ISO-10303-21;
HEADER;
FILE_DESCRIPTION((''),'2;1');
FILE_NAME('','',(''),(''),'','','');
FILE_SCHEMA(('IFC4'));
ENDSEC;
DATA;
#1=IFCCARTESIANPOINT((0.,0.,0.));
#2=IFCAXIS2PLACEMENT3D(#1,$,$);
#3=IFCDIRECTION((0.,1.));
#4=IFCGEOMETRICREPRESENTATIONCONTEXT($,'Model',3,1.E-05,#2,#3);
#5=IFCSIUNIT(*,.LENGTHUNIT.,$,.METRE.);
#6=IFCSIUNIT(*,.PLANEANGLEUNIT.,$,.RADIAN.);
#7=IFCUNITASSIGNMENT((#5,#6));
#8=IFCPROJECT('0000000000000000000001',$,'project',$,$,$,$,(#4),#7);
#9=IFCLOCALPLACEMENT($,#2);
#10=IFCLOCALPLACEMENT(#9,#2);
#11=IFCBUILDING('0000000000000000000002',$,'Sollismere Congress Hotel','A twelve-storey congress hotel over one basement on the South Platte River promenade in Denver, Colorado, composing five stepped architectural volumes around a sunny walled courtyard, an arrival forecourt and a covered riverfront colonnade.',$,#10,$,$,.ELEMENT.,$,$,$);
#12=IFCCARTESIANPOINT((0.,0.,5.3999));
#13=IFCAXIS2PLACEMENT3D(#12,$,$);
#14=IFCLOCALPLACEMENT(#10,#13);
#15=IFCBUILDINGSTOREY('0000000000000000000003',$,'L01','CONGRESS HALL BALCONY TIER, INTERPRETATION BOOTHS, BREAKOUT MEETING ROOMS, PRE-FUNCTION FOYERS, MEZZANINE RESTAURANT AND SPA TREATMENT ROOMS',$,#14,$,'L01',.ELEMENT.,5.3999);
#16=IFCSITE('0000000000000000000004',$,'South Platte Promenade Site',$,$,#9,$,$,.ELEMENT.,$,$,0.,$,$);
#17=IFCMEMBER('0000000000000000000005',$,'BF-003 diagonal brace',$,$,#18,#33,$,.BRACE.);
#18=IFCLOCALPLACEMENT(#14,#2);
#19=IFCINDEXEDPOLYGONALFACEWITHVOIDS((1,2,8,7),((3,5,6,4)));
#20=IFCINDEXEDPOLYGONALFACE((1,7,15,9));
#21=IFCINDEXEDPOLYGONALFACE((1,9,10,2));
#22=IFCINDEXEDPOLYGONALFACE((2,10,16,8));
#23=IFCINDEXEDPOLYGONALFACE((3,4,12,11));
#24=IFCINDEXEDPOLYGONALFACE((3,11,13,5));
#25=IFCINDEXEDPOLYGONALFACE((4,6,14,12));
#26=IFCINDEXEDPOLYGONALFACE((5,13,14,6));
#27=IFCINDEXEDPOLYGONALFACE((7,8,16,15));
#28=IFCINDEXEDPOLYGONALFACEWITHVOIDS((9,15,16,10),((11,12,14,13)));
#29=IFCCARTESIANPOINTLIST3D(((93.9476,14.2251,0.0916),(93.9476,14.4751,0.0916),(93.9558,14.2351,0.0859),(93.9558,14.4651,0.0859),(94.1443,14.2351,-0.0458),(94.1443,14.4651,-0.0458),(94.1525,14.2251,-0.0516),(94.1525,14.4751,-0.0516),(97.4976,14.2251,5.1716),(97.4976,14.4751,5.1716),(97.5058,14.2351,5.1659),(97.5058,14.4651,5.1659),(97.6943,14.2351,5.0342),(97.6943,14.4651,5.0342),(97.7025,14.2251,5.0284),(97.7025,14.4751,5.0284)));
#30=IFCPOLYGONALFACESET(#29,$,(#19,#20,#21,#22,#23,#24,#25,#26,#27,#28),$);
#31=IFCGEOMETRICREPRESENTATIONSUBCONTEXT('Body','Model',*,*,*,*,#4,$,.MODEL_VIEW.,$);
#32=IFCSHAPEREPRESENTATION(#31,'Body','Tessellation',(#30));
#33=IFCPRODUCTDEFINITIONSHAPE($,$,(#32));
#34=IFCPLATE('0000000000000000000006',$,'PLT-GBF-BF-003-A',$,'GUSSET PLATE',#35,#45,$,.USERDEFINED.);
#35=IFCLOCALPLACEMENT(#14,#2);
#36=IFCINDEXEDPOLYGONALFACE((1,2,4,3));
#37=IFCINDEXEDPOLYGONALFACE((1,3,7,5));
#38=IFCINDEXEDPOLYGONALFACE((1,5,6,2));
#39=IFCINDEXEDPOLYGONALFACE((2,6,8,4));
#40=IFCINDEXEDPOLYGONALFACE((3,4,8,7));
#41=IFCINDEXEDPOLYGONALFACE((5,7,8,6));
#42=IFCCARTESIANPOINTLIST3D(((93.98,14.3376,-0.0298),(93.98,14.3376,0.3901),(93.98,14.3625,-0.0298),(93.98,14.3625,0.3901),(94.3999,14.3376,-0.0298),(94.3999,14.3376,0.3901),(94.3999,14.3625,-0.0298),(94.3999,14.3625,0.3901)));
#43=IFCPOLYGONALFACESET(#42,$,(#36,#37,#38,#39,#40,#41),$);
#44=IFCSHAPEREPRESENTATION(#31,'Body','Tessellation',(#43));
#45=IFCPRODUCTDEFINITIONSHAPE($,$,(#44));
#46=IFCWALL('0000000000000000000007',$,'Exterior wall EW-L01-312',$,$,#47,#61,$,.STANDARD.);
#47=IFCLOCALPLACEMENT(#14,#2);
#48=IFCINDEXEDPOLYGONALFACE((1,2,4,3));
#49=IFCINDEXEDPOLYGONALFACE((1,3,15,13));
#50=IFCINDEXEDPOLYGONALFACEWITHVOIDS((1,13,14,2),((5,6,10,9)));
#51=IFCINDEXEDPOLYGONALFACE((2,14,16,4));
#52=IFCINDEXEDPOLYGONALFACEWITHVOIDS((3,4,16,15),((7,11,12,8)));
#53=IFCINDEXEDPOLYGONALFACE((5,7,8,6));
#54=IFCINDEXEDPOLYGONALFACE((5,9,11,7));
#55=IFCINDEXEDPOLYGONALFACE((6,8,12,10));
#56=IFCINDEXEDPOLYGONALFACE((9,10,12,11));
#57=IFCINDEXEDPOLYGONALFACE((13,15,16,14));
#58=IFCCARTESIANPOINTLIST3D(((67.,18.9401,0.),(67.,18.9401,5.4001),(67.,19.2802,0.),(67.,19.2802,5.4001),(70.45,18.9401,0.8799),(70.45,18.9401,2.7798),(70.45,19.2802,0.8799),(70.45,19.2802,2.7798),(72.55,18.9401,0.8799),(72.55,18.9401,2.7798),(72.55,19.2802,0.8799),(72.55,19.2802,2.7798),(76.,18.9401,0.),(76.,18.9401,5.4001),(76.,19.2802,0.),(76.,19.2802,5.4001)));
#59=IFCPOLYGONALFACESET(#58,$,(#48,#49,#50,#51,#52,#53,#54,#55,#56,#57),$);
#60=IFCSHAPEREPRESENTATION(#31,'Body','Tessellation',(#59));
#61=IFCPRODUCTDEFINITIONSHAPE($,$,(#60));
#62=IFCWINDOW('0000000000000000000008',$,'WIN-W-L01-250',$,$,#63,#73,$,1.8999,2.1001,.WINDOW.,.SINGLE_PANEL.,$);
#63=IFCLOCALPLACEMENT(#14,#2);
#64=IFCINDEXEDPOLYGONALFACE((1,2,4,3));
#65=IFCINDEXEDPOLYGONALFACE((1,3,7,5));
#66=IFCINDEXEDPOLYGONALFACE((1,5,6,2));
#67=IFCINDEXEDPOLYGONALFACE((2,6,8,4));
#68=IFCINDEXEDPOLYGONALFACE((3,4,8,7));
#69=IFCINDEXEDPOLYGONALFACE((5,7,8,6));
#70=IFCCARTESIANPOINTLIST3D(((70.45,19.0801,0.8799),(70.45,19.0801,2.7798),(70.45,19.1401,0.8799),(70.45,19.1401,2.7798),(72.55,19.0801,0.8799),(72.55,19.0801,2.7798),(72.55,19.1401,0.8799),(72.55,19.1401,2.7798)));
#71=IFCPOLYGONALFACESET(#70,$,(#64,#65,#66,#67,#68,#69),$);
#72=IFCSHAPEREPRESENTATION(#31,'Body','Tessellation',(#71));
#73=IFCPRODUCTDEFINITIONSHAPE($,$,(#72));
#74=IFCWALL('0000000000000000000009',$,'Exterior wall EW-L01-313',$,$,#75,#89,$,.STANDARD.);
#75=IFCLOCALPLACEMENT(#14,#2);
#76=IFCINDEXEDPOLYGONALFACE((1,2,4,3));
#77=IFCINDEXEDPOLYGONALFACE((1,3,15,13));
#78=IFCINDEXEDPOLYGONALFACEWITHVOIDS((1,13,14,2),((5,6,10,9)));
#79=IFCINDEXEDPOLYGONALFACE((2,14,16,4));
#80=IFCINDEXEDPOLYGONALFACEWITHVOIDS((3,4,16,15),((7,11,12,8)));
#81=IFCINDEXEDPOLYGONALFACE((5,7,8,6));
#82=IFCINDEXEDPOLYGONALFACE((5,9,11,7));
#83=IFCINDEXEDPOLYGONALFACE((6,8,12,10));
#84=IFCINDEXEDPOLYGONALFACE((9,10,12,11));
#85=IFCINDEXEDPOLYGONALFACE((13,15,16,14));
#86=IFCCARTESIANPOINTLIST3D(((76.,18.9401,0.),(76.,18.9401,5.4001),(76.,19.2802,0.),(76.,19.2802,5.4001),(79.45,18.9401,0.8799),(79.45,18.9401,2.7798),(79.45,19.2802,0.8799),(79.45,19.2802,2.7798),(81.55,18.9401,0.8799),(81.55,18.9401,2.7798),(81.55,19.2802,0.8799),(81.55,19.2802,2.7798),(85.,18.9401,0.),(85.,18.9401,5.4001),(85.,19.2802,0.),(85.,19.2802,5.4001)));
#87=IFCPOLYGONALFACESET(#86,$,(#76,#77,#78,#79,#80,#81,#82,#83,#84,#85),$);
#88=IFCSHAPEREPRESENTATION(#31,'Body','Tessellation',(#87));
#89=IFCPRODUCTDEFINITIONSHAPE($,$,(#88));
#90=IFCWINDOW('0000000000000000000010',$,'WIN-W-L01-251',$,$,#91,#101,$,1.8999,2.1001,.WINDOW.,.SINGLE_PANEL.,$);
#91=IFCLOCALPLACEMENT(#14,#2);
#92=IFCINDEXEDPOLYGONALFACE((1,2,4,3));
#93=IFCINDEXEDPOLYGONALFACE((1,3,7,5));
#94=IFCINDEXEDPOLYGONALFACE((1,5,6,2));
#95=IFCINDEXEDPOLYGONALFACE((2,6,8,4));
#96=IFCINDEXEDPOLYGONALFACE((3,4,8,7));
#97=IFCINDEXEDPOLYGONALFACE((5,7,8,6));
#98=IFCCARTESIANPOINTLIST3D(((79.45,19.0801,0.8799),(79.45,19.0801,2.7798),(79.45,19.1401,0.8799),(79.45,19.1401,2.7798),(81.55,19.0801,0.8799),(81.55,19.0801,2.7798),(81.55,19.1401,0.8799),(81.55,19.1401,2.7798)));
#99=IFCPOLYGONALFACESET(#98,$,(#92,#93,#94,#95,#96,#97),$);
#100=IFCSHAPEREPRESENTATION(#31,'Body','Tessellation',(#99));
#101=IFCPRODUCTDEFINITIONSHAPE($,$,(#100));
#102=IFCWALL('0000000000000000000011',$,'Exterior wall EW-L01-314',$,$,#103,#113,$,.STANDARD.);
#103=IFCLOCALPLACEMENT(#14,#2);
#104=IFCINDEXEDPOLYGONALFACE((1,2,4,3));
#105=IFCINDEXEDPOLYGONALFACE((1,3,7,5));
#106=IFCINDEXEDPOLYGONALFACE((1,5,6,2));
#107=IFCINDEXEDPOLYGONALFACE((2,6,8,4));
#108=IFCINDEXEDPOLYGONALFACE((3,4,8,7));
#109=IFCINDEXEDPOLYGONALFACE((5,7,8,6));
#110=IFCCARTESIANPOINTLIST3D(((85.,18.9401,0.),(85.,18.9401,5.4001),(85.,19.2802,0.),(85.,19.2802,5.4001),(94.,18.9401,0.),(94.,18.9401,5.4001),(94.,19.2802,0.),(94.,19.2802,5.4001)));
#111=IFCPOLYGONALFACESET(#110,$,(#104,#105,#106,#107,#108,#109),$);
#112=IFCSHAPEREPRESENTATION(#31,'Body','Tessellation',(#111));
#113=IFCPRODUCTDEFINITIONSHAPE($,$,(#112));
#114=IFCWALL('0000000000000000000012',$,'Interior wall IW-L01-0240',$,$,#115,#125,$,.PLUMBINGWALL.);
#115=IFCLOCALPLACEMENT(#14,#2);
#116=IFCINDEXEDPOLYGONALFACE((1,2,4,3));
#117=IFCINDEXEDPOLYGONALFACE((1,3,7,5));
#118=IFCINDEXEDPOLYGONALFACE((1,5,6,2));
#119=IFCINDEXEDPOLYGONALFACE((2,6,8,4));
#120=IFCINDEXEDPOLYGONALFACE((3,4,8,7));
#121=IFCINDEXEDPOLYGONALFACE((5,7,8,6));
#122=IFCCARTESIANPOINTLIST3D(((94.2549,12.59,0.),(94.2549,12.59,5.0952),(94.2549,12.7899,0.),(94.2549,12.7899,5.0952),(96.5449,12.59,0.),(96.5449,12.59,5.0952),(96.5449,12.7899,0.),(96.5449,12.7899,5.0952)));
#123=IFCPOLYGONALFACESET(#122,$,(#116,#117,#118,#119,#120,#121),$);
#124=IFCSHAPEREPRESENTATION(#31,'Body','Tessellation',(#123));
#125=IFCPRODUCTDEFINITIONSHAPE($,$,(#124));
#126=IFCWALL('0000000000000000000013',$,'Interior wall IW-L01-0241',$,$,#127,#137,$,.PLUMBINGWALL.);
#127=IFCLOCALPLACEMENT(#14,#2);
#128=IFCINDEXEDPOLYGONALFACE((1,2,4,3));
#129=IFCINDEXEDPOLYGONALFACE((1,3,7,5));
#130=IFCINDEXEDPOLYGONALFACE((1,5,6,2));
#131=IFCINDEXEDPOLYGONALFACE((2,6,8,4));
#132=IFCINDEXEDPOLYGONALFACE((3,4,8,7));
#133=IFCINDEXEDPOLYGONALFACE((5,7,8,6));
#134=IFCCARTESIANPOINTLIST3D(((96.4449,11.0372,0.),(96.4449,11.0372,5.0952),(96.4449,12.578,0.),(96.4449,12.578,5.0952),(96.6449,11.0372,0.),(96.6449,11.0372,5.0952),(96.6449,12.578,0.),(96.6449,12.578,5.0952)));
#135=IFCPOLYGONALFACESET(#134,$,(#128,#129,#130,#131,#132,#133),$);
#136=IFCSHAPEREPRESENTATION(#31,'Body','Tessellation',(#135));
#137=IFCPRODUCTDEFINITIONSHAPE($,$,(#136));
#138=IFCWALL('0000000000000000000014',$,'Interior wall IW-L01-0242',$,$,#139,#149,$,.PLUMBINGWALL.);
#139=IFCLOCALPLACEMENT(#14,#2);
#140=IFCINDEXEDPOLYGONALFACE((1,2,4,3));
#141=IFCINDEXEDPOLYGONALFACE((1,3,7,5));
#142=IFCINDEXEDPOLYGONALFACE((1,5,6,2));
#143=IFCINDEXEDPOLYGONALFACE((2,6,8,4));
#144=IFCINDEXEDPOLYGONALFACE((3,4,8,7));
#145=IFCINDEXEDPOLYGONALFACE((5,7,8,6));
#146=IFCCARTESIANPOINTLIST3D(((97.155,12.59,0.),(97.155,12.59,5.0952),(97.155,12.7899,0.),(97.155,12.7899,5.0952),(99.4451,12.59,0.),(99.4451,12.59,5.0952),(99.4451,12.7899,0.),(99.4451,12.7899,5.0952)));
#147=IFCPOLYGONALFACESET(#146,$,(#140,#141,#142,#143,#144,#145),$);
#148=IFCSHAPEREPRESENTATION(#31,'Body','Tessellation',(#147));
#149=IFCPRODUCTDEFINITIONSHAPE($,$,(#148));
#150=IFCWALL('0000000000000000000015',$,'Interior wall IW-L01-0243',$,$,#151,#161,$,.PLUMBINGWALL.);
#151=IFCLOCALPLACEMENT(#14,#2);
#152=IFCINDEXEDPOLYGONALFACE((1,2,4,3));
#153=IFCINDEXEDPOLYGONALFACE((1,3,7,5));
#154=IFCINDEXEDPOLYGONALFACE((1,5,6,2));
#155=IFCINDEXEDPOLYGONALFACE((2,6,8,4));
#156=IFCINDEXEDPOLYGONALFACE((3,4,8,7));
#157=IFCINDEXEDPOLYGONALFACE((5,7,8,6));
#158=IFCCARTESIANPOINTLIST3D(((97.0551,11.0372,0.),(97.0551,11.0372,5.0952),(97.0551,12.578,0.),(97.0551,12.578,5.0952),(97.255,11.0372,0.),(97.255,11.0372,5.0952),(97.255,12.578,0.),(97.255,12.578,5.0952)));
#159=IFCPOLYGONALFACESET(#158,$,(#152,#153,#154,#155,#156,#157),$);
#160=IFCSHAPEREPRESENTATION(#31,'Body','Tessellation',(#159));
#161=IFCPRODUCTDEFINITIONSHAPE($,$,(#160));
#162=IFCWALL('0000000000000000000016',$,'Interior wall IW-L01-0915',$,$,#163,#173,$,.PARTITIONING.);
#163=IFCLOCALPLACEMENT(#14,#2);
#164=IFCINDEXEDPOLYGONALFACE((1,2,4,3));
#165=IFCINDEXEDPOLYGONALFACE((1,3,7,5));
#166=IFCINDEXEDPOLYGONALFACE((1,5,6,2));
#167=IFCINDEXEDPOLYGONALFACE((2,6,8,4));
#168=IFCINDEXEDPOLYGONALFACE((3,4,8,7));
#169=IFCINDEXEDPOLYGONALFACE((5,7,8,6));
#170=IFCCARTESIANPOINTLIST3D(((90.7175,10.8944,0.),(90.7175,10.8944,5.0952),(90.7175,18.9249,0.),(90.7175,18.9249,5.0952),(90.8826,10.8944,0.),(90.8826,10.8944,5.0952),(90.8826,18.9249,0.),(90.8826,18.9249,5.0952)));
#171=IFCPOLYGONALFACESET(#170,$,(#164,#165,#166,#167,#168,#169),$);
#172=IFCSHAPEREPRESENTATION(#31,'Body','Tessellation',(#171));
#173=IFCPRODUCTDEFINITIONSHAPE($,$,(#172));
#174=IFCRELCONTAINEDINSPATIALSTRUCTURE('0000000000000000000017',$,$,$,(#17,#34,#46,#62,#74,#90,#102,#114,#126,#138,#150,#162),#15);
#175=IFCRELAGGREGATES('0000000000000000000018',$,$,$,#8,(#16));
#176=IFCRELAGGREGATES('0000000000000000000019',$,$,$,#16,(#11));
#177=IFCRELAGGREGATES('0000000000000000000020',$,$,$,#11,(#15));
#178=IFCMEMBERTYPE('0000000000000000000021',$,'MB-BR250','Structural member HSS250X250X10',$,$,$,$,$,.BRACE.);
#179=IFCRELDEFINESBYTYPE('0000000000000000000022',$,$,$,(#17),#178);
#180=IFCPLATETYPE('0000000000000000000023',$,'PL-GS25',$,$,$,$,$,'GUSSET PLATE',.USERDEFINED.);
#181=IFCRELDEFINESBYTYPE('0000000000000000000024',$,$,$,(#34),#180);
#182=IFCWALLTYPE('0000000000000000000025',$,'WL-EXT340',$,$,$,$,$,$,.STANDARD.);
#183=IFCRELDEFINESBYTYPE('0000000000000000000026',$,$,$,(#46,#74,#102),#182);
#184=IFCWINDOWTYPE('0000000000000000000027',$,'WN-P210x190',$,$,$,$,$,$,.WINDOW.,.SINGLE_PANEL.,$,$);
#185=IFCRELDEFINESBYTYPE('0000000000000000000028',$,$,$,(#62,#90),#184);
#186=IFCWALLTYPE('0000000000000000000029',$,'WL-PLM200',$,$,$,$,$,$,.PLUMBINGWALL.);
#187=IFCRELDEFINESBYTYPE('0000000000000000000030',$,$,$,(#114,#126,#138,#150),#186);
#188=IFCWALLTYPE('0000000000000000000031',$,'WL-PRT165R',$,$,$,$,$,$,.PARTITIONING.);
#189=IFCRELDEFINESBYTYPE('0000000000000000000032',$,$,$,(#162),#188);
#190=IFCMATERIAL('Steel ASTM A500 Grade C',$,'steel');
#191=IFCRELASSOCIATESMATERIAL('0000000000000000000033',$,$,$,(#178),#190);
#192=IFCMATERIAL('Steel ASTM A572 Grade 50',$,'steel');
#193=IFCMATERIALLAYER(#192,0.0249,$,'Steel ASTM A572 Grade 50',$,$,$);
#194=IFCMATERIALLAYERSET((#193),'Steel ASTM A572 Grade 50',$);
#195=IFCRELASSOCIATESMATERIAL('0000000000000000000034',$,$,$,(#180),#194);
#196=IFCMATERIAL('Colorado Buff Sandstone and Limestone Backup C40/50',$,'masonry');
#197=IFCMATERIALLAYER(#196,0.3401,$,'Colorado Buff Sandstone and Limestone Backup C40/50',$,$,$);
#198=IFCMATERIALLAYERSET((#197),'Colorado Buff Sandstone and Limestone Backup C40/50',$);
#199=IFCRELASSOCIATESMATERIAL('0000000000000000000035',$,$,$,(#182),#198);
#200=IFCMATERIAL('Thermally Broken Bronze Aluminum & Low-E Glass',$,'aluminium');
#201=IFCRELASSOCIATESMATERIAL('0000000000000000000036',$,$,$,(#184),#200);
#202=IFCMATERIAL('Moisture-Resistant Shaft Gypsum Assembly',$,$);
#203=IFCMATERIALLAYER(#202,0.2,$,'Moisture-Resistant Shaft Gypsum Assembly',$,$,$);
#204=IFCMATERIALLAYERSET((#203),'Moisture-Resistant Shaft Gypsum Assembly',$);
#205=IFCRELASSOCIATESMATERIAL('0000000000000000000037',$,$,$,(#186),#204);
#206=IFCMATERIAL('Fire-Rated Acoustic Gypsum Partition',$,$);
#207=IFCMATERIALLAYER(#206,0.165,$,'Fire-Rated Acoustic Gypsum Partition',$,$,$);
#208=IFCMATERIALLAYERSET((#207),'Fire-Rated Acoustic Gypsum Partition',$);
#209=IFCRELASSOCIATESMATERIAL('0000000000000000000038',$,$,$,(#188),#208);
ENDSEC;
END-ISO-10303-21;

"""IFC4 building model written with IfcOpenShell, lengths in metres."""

from ifc_helpers import new_model, si_unit, direction, frame, frame_2d, origin, origin_2d, place, context, subcontext, project, spatial, rectangle, hollow_rectangle, extrude, material, layer, layer_set, material_profile, profile_set, type_object, element, fill, save


model = new_model("IFC4")

# Units and contexts
model_context = context("Model", 3, precision=1e-05, world=origin(), true_north=direction((0.0, 1.0)))
body_context = subcontext(model_context, "Body", "Model", "MODEL_VIEW")
ifc_project = project(units=[si_unit("LENGTHUNIT", "METRE"), si_unit("PLANEANGLEUNIT", "RADIAN")], contexts=[model_context])

# Site, building, storey
site_placement = place(None, origin())
site = spatial("IfcSite", under=ifc_project, at=site_placement, Name="South Platte Promenade Site", CompositionType="ELEMENT", RefElevation=0.0)
building_placement = place(site_placement, origin())
building = spatial("IfcBuilding", under=site, at=building_placement, Name="Sollismere Congress Hotel", Description="A twelve-storey congress hotel over one basement on the South Platte River promenade in Denver, Colorado, composing five stepped architectural volumes around a sunny walled courtyard, an arrival forecourt and a covered riverfront colonnade.", CompositionType="ELEMENT")
storey_placement = place(building_placement, frame((0.0, 0.0, 5.3999)))
storey = spatial("IfcBuildingStorey", under=building, at=storey_placement, Name="L01", Description="CONGRESS HALL BALCONY TIER, INTERPRETATION BOOTHS, BREAKOUT MEETING ROOMS, PRE-FUNCTION FOYERS, MEZZANINE RESTAURANT AND SPA TREATMENT ROOMS", LongName="L01", CompositionType="ELEMENT", Elevation=5.3999)

# Member
ifc_material_1 = material(Name="Steel ASTM A500 Grade C", Category="steel")
ifc_material_profile_1 = material_profile(ifc_material_1, hollow_rectangle(XDim=0.25, YDim=0.25, WallThickness=0.01, at=origin_2d()), Name="HSS250X250X10")
ifc_profile_set_1 = profile_set([ifc_material_profile_1], Name="Steel ASTM A500 Grade C")
member_type = type_object("IfcMemberType", Name="MB-BR250", Description="Structural member HSS250X250X10", PredefinedType="BRACE", material=ifc_profile_set_1)
member_placement = place(storey_placement, frame((94.05, 14.3501, 0.02), z_axis=(0.572812, 0.0, 0.819687), x_axis=(0.0, 1.0, 0.0)))
element("IfcMember", 1, at=member_placement, inside=storey, type_object=member_type, Name="BF-003 diagonal brace", PredefinedType="BRACE", context=body_context, shape_type="SweptSolid", body=[
    extrude(hollow_rectangle(XDim=0.25, YDim=0.25, WallThickness=0.01, at=origin_2d()), origin(), (0.0, 0.0, 1.0), 6.1975),
])

# Plate
ifc_material_2 = material(Name="Steel ASTM A572 Grade 50", Category="steel")
ifc_layer_1 = layer(ifc_material_2, 0.0249, Name="Steel ASTM A572 Grade 50")
ifc_layer_set_1 = layer_set([ifc_layer_1], Name="Steel ASTM A572 Grade 50")
plate_type = type_object("IfcPlateType", Name="PL-GS25", ElementType="GUSSET PLATE", PredefinedType="USERDEFINED", material=ifc_layer_set_1)
plate_placement = place(storey_placement, frame((94.1899, 14.3501, -0.0298), z_axis=(0.0, 0.0, 1.0), x_axis=(1.0, 0.0, 0.0)))
element("IfcPlate", 2, at=plate_placement, inside=storey, type_object=plate_type, Name="PLT-GBF-BF-003-A", ObjectType="GUSSET PLATE", PredefinedType="USERDEFINED", context=body_context, shape_type="SweptSolid", body=[
    extrude(rectangle(XDim=0.4199, YDim=0.0249, at=origin_2d()), origin(), (0.0, 0.0, 1.0), 0.4199),
])

# Walls, openings, windows
ifc_material_3 = material(Name="Colorado Buff Sandstone and Limestone Backup C40/50", Category="masonry")
ifc_layer_2 = layer(ifc_material_3, 0.3401, Name="Colorado Buff Sandstone and Limestone Backup C40/50")
ifc_layer_set_2 = layer_set([ifc_layer_2], Name="Colorado Buff Sandstone and Limestone Backup C40/50")
wall_type_1 = type_object("IfcWallType", Name="WL-EXT340", PredefinedType="STANDARD", material=ifc_layer_set_2)
wall_1_placement = place(storey_placement, frame((76.0, 19.1101, 0.0), z_axis=(0.0, 0.0, 1.0), x_axis=(-1.0, 0.0, 0.0)))
wall_1 = element("IfcWall", 3, at=wall_1_placement, inside=storey, type_object=wall_type_1, Name="Exterior wall EW-L01-312", PredefinedType="STANDARD", context=body_context, shape_type="SweptSolid", body=[
    extrude(rectangle(XDim=9.0, YDim=0.3401, at=frame_2d((4.5, 0.0))), origin(), (0.0, 0.0, 1.0), 5.4001),
])
opening_1_placement = place(wall_1_placement, frame((3.45, 0.0, 0.8799)))
opening_1 = element("IfcOpeningElement", 4, at=opening_1_placement, cuts=wall_1, PredefinedType="OPENING", context=body_context, shape_type="SweptSolid", body=[
    extrude(rectangle(XDim=2.1001, YDim=1.8999, at=frame_2d((1.05, 0.95))), frame((0.0, 0.1799, 0.0), z_axis=(0.0, -1.0, 0.0), x_axis=(1.0, 0.0, 0.0)), (0.0, 0.0, 1.0), 0.3601),
])
ifc_material_4 = material(Name="Thermally Broken Bronze Aluminum & Low-E Glass", Category="aluminium")
window_type = type_object("IfcWindowType", Name="WN-P210x190", PartitioningType="SINGLE_PANEL", PredefinedType="WINDOW", material=ifc_material_4)
window_1_placement = place(opening_1_placement, origin())
window_1 = element("IfcWindow", 5, at=window_1_placement, inside=storey, type_object=window_type, Name="WIN-W-L01-250", OverallHeight=1.8999, OverallWidth=2.1001, PartitioningType="SINGLE_PANEL", PredefinedType="WINDOW", context=body_context, shape_type="SweptSolid", body=[
    extrude(rectangle(XDim=2.1001, YDim=1.8999, at=frame_2d((1.05, 0.95))), frame((0.0, 0.03, 0.0), z_axis=(0.0, -1.0, 0.0), x_axis=(1.0, 0.0, 0.0)), (0.0, 0.0, 1.0), 0.0601),
])
fill(opening_1, window_1)
wall_2_placement = place(storey_placement, frame((85.0, 19.1101, 0.0), z_axis=(0.0, 0.0, 1.0), x_axis=(-1.0, 0.0, 0.0)))
wall_2 = element("IfcWall", 6, at=wall_2_placement, inside=storey, type_object=wall_type_1, Name="Exterior wall EW-L01-313", PredefinedType="STANDARD", context=body_context, shape_type="SweptSolid", body=[
    extrude(rectangle(XDim=9.0, YDim=0.3401, at=frame_2d((4.5, 0.0))), origin(), (0.0, 0.0, 1.0), 5.4001),
])
opening_2_placement = place(wall_2_placement, frame((3.45, 0.0, 0.8799)))
opening_2 = element("IfcOpeningElement", 7, at=opening_2_placement, cuts=wall_2, PredefinedType="OPENING", context=body_context, shape_type="SweptSolid", body=[
    extrude(rectangle(XDim=2.1001, YDim=1.8999, at=frame_2d((1.05, 0.95))), frame((0.0, 0.1799, 0.0), z_axis=(0.0, -1.0, 0.0), x_axis=(1.0, 0.0, 0.0)), (0.0, 0.0, 1.0), 0.3601),
])
window_2_placement = place(opening_2_placement, origin())
window_2 = element("IfcWindow", 8, at=window_2_placement, inside=storey, type_object=window_type, Name="WIN-W-L01-251", OverallHeight=1.8999, OverallWidth=2.1001, PartitioningType="SINGLE_PANEL", PredefinedType="WINDOW", context=body_context, shape_type="SweptSolid", body=[
    extrude(rectangle(XDim=2.1001, YDim=1.8999, at=frame_2d((1.05, 0.95))), frame((0.0, 0.03, 0.0), z_axis=(0.0, -1.0, 0.0), x_axis=(1.0, 0.0, 0.0)), (0.0, 0.0, 1.0), 0.0601),
])
fill(opening_2, window_2)

# Walls
wall_3_placement = place(storey_placement, frame((94.0, 19.1101, 0.0), z_axis=(0.0, 0.0, 1.0), x_axis=(-1.0, 0.0, 0.0)))
element("IfcWall", 9, at=wall_3_placement, inside=storey, type_object=wall_type_1, Name="Exterior wall EW-L01-314", PredefinedType="STANDARD", context=body_context, shape_type="SweptSolid", body=[
    extrude(rectangle(XDim=9.0, YDim=0.3401, at=frame_2d((4.5, 0.0))), origin(), (0.0, 0.0, 1.0), 5.4001),
])
ifc_material_5 = material(Name="Moisture-Resistant Shaft Gypsum Assembly")
ifc_layer_3 = layer(ifc_material_5, 0.2, Name="Moisture-Resistant Shaft Gypsum Assembly")
ifc_layer_set_3 = layer_set([ifc_layer_3], Name="Moisture-Resistant Shaft Gypsum Assembly")
wall_type_2 = type_object("IfcWallType", Name="WL-PLM200", PredefinedType="PLUMBINGWALL", material=ifc_layer_set_3)
wall_4_placement = place(storey_placement, frame((94.2549, 12.6899, 0.0), z_axis=(0.0, 0.0, 1.0), x_axis=(1.0, 0.0, 0.0)))
element("IfcWall", 10, at=wall_4_placement, inside=storey, type_object=wall_type_2, Name="Interior wall IW-L01-0240", PredefinedType="PLUMBINGWALL", context=body_context, shape_type="SweptSolid", body=[
    extrude(rectangle(XDim=2.29, YDim=0.2, at=frame_2d((1.145, 0.0))), origin(), (0.0, 0.0, 1.0), 5.0952),
])
wall_5_placement = place(storey_placement, frame((96.5449, 11.0371, 0.0), z_axis=(0.0, 0.0, 1.0), x_axis=(0.0, 1.0, 0.0)))
element("IfcWall", 11, at=wall_5_placement, inside=storey, type_object=wall_type_2, Name="Interior wall IW-L01-0241", PredefinedType="PLUMBINGWALL", context=body_context, shape_type="SweptSolid", body=[
    extrude(rectangle(XDim=1.5408, YDim=0.2, at=frame_2d((0.7705, 0.0))), origin(), (0.0, 0.0, 1.0), 5.0952),
])
wall_6_placement = place(storey_placement, frame((97.155, 12.6899, 0.0), z_axis=(0.0, 0.0, 1.0), x_axis=(1.0, 0.0, 0.0)))
element("IfcWall", 12, at=wall_6_placement, inside=storey, type_object=wall_type_2, Name="Interior wall IW-L01-0242", PredefinedType="PLUMBINGWALL", context=body_context, shape_type="SweptSolid", body=[
    extrude(rectangle(XDim=2.29, YDim=0.2, at=frame_2d((1.145, 0.0))), origin(), (0.0, 0.0, 1.0), 5.0952),
])
wall_7_placement = place(storey_placement, frame((97.155, 11.0371, 0.0), z_axis=(0.0, 0.0, 1.0), x_axis=(0.0, 1.0, 0.0)))
element("IfcWall", 13, at=wall_7_placement, inside=storey, type_object=wall_type_2, Name="Interior wall IW-L01-0243", PredefinedType="PLUMBINGWALL", context=body_context, shape_type="SweptSolid", body=[
    extrude(rectangle(XDim=1.5408, YDim=0.2, at=frame_2d((0.7705, 0.0))), origin(), (0.0, 0.0, 1.0), 5.0952),
])
ifc_material_6 = material(Name="Fire-Rated Acoustic Gypsum Partition")
ifc_layer_4 = layer(ifc_material_6, 0.165, Name="Fire-Rated Acoustic Gypsum Partition")
ifc_layer_set_4 = layer_set([ifc_layer_4], Name="Fire-Rated Acoustic Gypsum Partition")
wall_type_3 = type_object("IfcWallType", Name="WL-PRT165R", PredefinedType="PARTITIONING", material=ifc_layer_set_4)
wall_8_placement = place(storey_placement, frame((90.8, 10.8945, 0.0), z_axis=(0.0, 0.0, 1.0), x_axis=(0.0, 1.0, 0.0)))
element("IfcWall", 14, at=wall_8_placement, inside=storey, type_object=wall_type_3, Name="Interior wall IW-L01-0915", PredefinedType="PARTITIONING", context=body_context, shape_type="SweptSolid", body=[
    extrude(rectangle(XDim=8.0305, YDim=0.165, at=frame_2d((4.0151, 0.0))), origin(), (0.0, 0.0, 1.0), 5.0952),
])

save(model, "model.ifc")
